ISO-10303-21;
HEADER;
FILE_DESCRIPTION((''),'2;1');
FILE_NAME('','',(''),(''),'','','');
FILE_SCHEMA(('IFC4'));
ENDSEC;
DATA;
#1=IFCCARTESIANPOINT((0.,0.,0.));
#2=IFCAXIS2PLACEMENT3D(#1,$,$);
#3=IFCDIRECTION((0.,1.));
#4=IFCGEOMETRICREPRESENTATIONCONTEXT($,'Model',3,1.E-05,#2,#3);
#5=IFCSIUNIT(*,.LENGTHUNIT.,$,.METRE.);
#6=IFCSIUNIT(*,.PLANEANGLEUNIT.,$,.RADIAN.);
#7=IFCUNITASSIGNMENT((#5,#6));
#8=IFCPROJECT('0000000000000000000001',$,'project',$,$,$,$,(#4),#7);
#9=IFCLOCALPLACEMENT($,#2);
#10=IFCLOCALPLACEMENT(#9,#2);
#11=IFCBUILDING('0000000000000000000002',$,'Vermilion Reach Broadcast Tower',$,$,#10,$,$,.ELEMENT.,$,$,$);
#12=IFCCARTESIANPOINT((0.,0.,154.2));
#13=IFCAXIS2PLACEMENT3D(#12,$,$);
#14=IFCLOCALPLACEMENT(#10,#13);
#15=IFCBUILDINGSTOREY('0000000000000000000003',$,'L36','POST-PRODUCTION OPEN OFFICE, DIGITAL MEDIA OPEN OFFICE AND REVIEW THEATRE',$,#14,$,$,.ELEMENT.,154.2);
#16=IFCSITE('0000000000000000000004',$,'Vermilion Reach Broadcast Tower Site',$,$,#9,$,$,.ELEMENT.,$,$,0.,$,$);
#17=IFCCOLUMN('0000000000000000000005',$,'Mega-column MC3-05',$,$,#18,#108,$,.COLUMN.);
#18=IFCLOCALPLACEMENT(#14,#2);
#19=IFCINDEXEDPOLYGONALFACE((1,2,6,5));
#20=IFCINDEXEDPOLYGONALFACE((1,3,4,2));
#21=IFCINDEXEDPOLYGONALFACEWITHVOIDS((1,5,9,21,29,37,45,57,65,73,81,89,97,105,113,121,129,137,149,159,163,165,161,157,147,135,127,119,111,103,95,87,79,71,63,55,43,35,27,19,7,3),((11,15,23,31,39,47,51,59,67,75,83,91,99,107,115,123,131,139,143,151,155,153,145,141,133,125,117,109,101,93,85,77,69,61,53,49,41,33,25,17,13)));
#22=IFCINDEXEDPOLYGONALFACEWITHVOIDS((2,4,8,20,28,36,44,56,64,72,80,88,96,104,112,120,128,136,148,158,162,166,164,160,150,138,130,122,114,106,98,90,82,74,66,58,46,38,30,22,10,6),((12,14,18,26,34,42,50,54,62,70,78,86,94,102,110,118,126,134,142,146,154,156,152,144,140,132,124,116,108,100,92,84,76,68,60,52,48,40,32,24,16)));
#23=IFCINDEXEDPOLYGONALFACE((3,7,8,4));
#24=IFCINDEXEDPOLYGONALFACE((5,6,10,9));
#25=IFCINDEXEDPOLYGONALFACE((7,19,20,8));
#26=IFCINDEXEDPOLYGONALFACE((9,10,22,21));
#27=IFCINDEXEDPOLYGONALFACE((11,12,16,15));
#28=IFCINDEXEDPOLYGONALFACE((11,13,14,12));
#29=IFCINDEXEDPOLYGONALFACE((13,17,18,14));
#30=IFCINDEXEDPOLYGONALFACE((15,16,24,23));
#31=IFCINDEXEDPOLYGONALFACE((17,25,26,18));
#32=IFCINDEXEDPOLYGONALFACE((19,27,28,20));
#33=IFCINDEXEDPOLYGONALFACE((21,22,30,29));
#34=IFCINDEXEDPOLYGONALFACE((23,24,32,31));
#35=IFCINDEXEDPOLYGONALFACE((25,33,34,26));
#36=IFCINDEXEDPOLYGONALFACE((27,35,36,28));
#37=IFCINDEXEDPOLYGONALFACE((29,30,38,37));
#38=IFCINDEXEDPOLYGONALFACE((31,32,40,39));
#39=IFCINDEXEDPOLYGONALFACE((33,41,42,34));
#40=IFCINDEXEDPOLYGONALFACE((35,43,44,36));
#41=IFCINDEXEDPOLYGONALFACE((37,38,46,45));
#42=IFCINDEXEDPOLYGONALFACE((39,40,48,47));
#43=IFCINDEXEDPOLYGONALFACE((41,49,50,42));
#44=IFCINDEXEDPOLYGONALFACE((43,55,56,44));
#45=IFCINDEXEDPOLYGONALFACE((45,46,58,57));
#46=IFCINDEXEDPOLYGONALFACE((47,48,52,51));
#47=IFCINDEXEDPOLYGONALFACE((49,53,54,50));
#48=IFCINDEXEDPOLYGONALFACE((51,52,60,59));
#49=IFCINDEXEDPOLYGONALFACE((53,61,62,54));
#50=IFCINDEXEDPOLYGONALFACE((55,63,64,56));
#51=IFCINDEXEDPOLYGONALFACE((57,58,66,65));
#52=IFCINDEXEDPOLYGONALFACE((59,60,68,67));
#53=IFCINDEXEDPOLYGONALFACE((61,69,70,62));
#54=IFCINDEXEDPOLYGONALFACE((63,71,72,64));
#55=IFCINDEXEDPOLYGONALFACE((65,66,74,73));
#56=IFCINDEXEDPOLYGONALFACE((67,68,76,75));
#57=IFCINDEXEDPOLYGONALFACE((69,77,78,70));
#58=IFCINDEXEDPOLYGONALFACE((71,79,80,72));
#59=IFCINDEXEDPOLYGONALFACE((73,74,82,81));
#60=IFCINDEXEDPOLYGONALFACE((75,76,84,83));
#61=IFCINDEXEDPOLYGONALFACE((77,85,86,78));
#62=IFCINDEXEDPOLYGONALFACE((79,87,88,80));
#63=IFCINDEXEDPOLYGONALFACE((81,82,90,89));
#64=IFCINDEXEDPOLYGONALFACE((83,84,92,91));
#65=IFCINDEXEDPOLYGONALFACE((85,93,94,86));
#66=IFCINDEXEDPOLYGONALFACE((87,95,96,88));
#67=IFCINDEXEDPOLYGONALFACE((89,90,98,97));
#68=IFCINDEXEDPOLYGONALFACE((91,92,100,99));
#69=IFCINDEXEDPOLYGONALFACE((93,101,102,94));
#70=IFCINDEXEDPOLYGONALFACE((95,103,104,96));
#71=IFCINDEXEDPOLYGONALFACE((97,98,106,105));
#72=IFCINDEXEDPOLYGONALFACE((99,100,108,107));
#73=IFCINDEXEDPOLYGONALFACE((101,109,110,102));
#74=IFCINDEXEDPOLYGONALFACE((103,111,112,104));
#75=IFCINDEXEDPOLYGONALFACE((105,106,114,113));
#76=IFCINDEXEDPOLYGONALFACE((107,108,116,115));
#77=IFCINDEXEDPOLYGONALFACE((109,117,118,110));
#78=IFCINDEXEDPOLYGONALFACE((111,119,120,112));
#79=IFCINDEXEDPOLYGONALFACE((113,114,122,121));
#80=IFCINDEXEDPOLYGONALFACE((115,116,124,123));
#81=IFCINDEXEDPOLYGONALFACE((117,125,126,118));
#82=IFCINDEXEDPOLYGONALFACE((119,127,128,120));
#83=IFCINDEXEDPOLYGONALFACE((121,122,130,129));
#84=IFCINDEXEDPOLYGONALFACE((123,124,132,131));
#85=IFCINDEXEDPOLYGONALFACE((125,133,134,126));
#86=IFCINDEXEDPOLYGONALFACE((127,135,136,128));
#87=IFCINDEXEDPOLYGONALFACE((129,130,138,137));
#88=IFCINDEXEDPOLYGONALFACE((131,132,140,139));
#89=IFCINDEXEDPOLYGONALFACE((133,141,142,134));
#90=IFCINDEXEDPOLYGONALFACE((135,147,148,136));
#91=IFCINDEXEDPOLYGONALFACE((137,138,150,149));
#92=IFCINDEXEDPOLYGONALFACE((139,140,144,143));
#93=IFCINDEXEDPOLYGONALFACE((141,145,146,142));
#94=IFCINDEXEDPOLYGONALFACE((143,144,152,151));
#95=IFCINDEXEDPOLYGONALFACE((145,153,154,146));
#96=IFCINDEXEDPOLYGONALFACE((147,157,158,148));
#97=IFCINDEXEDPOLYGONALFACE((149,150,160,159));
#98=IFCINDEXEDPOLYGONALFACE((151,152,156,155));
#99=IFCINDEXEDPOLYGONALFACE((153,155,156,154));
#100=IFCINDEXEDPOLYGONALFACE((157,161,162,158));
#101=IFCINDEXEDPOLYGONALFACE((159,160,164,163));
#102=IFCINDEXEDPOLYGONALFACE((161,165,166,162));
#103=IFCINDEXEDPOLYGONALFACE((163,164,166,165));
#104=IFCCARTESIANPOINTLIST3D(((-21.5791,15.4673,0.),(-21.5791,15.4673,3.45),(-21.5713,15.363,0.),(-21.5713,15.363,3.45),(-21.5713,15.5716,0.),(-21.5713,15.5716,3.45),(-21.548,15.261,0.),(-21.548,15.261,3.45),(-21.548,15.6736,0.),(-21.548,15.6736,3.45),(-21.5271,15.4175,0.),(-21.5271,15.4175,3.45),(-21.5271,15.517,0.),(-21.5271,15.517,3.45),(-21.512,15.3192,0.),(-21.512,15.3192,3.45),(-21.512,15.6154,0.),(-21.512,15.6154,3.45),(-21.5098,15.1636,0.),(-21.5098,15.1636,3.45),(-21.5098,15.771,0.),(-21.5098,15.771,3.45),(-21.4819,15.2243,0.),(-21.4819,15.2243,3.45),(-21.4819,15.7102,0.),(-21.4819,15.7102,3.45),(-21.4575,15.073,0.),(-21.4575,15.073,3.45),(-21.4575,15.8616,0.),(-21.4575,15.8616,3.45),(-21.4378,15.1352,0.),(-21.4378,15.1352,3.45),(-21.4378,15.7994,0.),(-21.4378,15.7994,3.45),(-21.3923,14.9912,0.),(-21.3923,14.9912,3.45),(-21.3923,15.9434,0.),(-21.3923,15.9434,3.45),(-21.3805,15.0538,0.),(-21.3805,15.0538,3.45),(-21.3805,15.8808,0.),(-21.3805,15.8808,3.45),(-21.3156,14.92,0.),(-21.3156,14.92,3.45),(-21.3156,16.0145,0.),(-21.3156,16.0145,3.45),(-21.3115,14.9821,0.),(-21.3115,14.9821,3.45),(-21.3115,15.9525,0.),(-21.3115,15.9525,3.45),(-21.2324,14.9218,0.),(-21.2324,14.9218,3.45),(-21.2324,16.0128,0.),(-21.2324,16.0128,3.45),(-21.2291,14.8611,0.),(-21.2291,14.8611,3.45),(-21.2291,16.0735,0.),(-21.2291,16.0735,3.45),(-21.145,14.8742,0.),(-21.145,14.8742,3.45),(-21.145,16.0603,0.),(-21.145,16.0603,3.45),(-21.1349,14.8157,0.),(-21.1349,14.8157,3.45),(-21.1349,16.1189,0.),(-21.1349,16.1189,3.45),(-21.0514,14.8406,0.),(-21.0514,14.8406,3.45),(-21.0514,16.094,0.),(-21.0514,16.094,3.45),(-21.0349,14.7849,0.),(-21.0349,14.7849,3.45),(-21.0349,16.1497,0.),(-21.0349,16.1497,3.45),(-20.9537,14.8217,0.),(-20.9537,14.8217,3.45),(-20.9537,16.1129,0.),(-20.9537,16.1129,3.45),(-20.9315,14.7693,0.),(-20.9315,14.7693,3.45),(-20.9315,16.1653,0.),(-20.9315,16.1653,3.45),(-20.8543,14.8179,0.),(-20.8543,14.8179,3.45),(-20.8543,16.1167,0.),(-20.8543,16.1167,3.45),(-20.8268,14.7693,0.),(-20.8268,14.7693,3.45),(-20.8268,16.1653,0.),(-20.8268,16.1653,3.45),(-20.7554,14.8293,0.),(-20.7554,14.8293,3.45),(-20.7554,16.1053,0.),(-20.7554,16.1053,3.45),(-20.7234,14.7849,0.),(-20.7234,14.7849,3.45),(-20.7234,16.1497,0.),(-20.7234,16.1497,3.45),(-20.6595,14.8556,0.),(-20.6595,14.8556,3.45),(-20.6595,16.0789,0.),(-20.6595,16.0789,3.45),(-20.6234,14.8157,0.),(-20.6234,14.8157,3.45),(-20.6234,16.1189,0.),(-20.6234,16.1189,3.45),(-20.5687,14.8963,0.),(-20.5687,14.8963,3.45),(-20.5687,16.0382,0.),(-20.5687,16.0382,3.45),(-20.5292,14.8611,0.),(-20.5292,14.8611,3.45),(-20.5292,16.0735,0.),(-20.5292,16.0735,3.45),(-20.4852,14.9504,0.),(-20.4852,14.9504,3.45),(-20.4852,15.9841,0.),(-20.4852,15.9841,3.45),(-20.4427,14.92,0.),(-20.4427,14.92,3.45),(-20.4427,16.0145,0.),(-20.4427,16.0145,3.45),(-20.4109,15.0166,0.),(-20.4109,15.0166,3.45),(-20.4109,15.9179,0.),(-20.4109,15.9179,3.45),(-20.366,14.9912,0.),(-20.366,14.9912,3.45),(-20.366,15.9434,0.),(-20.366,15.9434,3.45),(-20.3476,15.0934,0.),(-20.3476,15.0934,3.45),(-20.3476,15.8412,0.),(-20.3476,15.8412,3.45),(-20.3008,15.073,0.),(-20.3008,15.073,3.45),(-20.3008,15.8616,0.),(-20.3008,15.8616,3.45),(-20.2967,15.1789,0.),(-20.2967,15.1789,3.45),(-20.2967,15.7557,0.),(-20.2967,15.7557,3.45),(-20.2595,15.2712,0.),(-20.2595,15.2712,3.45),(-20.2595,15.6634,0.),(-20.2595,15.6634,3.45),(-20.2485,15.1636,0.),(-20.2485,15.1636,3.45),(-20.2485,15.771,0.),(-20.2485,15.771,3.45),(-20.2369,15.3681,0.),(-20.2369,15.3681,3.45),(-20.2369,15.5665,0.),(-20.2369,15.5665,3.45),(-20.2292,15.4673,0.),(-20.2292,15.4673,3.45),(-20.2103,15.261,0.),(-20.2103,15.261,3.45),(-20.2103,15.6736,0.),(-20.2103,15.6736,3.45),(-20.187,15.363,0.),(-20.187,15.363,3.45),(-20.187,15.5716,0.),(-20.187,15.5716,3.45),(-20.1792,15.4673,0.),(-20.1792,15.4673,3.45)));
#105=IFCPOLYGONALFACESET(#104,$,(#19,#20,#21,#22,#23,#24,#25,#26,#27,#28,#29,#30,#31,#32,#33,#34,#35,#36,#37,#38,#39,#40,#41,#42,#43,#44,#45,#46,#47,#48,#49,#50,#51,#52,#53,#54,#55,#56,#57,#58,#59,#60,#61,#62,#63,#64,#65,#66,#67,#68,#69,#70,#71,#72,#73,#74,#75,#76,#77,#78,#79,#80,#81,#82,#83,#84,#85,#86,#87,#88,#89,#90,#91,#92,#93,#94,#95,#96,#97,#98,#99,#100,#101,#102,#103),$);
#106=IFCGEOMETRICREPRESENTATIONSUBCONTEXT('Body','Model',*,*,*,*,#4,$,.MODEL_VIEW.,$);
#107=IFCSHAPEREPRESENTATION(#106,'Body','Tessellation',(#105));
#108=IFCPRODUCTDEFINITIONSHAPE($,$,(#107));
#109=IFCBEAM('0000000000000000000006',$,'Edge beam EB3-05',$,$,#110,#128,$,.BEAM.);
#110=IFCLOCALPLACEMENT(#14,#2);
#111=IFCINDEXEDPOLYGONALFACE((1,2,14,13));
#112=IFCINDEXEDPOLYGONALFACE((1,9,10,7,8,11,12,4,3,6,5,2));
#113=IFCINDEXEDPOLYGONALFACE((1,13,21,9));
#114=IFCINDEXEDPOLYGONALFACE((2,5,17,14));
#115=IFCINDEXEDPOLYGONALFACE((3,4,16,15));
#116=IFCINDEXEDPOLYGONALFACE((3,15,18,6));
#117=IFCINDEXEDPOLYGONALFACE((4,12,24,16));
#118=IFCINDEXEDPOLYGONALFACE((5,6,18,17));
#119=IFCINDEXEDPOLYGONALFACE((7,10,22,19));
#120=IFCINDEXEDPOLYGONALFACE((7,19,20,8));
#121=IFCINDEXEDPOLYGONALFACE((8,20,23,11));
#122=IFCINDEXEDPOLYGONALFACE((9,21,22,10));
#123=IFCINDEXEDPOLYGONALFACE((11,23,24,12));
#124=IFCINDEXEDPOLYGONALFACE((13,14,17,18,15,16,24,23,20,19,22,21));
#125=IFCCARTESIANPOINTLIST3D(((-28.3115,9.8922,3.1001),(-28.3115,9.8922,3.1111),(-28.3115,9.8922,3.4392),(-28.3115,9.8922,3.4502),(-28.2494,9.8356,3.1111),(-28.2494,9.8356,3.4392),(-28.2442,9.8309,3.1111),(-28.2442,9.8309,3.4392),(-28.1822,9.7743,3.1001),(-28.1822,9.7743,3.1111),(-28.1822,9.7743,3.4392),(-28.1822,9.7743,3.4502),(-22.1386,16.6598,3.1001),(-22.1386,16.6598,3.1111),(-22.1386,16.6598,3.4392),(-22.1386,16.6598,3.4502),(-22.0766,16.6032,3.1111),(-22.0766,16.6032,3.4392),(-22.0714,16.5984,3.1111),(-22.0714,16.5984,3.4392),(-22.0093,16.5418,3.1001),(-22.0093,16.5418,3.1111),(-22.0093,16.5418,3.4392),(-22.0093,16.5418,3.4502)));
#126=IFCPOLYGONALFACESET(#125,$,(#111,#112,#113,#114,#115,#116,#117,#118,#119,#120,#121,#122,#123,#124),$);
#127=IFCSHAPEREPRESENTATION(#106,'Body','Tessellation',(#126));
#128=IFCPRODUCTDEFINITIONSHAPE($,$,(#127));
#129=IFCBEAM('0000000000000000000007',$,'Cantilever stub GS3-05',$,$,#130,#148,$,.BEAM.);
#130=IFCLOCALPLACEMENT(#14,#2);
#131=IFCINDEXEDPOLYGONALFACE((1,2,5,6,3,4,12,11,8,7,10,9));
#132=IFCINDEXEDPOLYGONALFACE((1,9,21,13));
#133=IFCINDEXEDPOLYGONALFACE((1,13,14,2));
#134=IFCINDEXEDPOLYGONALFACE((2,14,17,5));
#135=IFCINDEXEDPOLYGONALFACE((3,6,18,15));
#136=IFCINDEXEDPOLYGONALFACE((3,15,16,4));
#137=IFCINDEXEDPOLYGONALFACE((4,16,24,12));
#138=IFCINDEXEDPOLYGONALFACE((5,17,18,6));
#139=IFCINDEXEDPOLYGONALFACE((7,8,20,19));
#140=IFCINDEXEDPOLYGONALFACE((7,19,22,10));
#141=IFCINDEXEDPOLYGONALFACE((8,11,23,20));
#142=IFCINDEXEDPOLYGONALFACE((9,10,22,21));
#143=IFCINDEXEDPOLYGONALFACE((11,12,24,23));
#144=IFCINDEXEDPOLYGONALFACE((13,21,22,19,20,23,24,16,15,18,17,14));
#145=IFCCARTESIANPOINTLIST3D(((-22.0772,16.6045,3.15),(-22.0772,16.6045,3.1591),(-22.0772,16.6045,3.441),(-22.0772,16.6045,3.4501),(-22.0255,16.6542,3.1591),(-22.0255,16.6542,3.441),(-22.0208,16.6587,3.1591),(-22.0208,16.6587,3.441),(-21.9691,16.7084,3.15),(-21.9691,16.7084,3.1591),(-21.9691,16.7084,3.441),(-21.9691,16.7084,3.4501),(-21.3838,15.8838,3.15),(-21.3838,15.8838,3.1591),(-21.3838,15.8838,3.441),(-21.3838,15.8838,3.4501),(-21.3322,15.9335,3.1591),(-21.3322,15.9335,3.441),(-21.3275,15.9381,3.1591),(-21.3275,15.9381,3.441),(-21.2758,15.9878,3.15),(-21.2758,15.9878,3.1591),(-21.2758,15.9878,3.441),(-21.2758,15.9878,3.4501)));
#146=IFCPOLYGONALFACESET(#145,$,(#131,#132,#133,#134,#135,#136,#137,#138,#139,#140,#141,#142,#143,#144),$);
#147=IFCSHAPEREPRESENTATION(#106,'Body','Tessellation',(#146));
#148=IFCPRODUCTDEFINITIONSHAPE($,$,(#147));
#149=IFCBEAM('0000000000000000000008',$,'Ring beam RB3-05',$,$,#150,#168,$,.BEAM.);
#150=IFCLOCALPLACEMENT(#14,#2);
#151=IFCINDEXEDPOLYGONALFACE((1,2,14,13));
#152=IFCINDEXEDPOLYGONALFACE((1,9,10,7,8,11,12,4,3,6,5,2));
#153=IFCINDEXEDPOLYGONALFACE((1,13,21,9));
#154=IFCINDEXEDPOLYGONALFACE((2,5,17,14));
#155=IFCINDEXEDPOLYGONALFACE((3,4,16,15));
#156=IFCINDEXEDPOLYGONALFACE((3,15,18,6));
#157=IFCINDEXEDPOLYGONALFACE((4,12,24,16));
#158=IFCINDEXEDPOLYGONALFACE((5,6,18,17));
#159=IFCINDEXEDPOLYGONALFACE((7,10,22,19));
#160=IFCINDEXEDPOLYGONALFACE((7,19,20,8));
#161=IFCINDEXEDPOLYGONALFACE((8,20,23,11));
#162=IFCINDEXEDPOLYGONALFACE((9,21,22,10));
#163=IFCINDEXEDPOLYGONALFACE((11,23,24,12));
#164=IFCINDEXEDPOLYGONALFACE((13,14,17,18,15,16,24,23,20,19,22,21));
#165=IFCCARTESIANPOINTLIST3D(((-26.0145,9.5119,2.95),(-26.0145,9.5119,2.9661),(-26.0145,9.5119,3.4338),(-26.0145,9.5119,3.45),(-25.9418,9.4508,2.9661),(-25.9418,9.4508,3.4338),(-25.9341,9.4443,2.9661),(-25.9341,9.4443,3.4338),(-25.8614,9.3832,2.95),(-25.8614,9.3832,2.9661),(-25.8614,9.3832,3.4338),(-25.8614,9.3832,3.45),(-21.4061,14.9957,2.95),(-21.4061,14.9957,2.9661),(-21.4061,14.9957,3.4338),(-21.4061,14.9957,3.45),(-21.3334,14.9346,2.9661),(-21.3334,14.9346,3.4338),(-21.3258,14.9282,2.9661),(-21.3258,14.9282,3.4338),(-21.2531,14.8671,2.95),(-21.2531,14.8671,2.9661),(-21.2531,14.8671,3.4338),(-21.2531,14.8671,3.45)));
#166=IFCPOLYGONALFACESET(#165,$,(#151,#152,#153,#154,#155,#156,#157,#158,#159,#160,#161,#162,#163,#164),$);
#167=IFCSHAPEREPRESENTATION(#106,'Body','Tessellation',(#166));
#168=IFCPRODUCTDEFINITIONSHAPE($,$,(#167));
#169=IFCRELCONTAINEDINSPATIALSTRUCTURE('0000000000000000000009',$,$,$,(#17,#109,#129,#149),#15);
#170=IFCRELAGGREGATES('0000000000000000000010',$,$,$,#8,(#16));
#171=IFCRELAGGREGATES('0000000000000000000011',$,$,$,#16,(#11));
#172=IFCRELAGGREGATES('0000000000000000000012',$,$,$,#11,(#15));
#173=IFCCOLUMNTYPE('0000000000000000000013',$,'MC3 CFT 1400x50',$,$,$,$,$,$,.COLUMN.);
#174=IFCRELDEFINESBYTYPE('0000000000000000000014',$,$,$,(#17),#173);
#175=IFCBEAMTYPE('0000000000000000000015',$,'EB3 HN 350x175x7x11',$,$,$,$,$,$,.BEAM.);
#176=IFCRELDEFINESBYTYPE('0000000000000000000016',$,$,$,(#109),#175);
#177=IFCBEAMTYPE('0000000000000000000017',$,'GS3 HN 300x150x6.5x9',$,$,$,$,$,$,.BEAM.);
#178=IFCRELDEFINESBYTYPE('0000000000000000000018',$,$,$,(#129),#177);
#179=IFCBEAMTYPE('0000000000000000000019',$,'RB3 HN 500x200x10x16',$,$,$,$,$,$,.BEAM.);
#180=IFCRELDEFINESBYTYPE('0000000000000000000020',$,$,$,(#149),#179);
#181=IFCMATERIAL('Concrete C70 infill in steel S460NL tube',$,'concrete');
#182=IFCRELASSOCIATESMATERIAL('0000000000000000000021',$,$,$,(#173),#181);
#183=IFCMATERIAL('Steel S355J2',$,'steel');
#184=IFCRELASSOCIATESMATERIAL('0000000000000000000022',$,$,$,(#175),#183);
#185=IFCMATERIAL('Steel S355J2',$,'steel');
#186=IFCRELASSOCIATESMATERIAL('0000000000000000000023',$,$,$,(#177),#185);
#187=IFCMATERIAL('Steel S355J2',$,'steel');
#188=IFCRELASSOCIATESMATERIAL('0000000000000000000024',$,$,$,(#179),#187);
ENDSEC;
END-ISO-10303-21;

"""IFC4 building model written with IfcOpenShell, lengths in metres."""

from ifc_helpers import new_model, si_unit, direction, frame, origin, origin_2d, place, context, subcontext, project, spatial, hollow_circle, i_section, extrude, material, material_profile, profile_set, type_object, element, save


model = new_model("IFC4")

# Units and contexts
model_context = context("Model", 3, precision=1e-05, world=origin(), true_north=direction((0.0, 1.0)))
body_context = subcontext(model_context, "Body", "Model", "MODEL_VIEW")
ifc_project = project(units=[si_unit("LENGTHUNIT", "METRE"), si_unit("PLANEANGLEUNIT", "RADIAN")], contexts=[model_context])

# Site, building, storey
site_placement = place(None, origin())
site = spatial("IfcSite", under=ifc_project, at=site_placement, Name="Vermilion Reach Broadcast Tower Site", CompositionType="ELEMENT", RefElevation=0.0)
building_placement = place(site_placement, origin())
building = spatial("IfcBuilding", under=site, at=building_placement, Name="Vermilion Reach Broadcast Tower", CompositionType="ELEMENT")
storey_placement = place(building_placement, frame((0.0, 0.0, 154.2)))
storey = spatial("IfcBuildingStorey", under=building, at=storey_placement, Name="L36", Description="POST-PRODUCTION OPEN OFFICE, DIGITAL MEDIA OPEN OFFICE AND REVIEW THEATRE", CompositionType="ELEMENT", Elevation=154.2)

# Column
ifc_material_1 = material(Name="Concrete C70 infill in steel S460NL tube", Category="concrete")
ifc_material_profile_1 = material_profile(ifc_material_1, hollow_circle(Radius=0.7, WallThickness=0.05, at=origin_2d()), Name="Concrete C70 infill in steel S460NL tube CFT 1400x50")
ifc_profile_set_1 = profile_set([ifc_material_profile_1], Name="Concrete C70 infill in steel S460NL tube")
column_type = type_object("IfcColumnType", Name="MC3 CFT 1400x50", PredefinedType="COLUMN", material=ifc_profile_set_1)
column_placement = place(storey_placement, frame((-20.8792, 15.4673, 0.0), z_axis=(0.0, 0.0, 1.0), x_axis=(1.0, 0.0, 0.0)))
element("IfcColumn", 1, at=column_placement, inside=storey, type_object=column_type, Name="Mega-column MC3-05", PredefinedType="COLUMN", context=body_context, shape_type="SweptSolid", body=[
    extrude(hollow_circle(Radius=0.7, WallThickness=0.05, at=origin_2d()), origin(), (0.0, 0.0, 1.0), 3.45),
])

# Beams
ifc_material_2 = material(Name="Steel S355J2", Category="steel")
ifc_material_profile_2 = material_profile(ifc_material_2, i_section(OverallWidth=0.175, OverallDepth=0.3501, WebThickness=0.0071, FlangeThickness=0.011, at=origin_2d()), Name="S355J2 HN 350x175x7x11")
ifc_profile_set_2 = profile_set([ifc_material_profile_2], Name="Steel S355J2")
beam_type_1 = type_object("IfcBeamType", Name="EB3 HN 350x175x7x11", PredefinedType="BEAM", material=ifc_profile_set_2)
beam_1_placement = place(storey_placement, frame((-22.074, 16.6008, 3.2751), z_axis=(-0.673898, -0.738825, 0.0), x_axis=(0.738825, -0.673898, 0.0)))
element("IfcBeam", 2, at=beam_1_placement, inside=storey, type_object=beam_type_1, Name="Edge beam EB3-05", PredefinedType="BEAM", context=body_context, shape_type="SweptSolid", body=[
    extrude(i_section(OverallWidth=0.175, OverallDepth=0.3501, WebThickness=0.0071, FlangeThickness=0.011, at=origin_2d()), origin(), (0.0, 0.0, 1.0), 9.1599),
])
ifc_material_3 = material(Name="Steel S355J2", Category="steel")
ifc_material_profile_3 = material_profile(ifc_material_3, i_section(OverallWidth=0.1499, OverallDepth=0.3, WebThickness=0.0066, FlangeThickness=0.009, at=origin_2d()), Name="S355J2 HN 300x150x6.5x9")
ifc_profile_set_3 = profile_set([ifc_material_profile_3], Name="Steel S355J2")
beam_type_2 = type_object("IfcBeamType", Name="GS3 HN 300x150x6.5x9", PredefinedType="BEAM", material=ifc_profile_set_3)
beam_2_placement = place(storey_placement, frame((-21.3298, 15.9358, 3.3), z_axis=(-0.693304, 0.720645, 0.0), x_axis=(-0.720645, -0.693304, 0.0)))
element("IfcBeam", 3, at=beam_2_placement, inside=storey, type_object=beam_type_2, Name="Cantilever stub GS3-05", PredefinedType="BEAM", context=body_context, shape_type="SweptSolid", body=[
    extrude(i_section(OverallWidth=0.1499, OverallDepth=0.3, WebThickness=0.0066, FlangeThickness=0.009, at=origin_2d()), origin(), (0.0, 0.0, 1.0), 1.0),
])
ifc_material_4 = material(Name="Steel S355J2", Category="steel")
ifc_material_profile_4 = material_profile(ifc_material_4, i_section(OverallWidth=0.2, OverallDepth=0.5, WebThickness=0.01, FlangeThickness=0.0161, at=origin_2d()), Name="S355J2 HN 500x200x10x16")
ifc_profile_set_4 = profile_set([ifc_material_profile_4], Name="Steel S355J2")
beam_type_3 = type_object("IfcBeamType", Name="RB3 HN 500x200x10x16", PredefinedType="BEAM", material=ifc_profile_set_4)
beam_3_placement = place(storey_placement, frame((-21.3296, 14.9314, 3.2), z_axis=(-0.64335, -0.765572, 0.0), x_axis=(0.765572, -0.64335, 0.0)))
element("IfcBeam", 4, at=beam_3_placement, inside=storey, type_object=beam_type_3, Name="Ring beam RB3-05", PredefinedType="BEAM", context=body_context, shape_type="SweptSolid", body=[
    extrude(i_section(OverallWidth=0.2, OverallDepth=0.5, WebThickness=0.01, FlangeThickness=0.0161, at=origin_2d()), origin(), (0.0, 0.0, 1.0), 7.1631),
])

save(model, "model.ifc")
